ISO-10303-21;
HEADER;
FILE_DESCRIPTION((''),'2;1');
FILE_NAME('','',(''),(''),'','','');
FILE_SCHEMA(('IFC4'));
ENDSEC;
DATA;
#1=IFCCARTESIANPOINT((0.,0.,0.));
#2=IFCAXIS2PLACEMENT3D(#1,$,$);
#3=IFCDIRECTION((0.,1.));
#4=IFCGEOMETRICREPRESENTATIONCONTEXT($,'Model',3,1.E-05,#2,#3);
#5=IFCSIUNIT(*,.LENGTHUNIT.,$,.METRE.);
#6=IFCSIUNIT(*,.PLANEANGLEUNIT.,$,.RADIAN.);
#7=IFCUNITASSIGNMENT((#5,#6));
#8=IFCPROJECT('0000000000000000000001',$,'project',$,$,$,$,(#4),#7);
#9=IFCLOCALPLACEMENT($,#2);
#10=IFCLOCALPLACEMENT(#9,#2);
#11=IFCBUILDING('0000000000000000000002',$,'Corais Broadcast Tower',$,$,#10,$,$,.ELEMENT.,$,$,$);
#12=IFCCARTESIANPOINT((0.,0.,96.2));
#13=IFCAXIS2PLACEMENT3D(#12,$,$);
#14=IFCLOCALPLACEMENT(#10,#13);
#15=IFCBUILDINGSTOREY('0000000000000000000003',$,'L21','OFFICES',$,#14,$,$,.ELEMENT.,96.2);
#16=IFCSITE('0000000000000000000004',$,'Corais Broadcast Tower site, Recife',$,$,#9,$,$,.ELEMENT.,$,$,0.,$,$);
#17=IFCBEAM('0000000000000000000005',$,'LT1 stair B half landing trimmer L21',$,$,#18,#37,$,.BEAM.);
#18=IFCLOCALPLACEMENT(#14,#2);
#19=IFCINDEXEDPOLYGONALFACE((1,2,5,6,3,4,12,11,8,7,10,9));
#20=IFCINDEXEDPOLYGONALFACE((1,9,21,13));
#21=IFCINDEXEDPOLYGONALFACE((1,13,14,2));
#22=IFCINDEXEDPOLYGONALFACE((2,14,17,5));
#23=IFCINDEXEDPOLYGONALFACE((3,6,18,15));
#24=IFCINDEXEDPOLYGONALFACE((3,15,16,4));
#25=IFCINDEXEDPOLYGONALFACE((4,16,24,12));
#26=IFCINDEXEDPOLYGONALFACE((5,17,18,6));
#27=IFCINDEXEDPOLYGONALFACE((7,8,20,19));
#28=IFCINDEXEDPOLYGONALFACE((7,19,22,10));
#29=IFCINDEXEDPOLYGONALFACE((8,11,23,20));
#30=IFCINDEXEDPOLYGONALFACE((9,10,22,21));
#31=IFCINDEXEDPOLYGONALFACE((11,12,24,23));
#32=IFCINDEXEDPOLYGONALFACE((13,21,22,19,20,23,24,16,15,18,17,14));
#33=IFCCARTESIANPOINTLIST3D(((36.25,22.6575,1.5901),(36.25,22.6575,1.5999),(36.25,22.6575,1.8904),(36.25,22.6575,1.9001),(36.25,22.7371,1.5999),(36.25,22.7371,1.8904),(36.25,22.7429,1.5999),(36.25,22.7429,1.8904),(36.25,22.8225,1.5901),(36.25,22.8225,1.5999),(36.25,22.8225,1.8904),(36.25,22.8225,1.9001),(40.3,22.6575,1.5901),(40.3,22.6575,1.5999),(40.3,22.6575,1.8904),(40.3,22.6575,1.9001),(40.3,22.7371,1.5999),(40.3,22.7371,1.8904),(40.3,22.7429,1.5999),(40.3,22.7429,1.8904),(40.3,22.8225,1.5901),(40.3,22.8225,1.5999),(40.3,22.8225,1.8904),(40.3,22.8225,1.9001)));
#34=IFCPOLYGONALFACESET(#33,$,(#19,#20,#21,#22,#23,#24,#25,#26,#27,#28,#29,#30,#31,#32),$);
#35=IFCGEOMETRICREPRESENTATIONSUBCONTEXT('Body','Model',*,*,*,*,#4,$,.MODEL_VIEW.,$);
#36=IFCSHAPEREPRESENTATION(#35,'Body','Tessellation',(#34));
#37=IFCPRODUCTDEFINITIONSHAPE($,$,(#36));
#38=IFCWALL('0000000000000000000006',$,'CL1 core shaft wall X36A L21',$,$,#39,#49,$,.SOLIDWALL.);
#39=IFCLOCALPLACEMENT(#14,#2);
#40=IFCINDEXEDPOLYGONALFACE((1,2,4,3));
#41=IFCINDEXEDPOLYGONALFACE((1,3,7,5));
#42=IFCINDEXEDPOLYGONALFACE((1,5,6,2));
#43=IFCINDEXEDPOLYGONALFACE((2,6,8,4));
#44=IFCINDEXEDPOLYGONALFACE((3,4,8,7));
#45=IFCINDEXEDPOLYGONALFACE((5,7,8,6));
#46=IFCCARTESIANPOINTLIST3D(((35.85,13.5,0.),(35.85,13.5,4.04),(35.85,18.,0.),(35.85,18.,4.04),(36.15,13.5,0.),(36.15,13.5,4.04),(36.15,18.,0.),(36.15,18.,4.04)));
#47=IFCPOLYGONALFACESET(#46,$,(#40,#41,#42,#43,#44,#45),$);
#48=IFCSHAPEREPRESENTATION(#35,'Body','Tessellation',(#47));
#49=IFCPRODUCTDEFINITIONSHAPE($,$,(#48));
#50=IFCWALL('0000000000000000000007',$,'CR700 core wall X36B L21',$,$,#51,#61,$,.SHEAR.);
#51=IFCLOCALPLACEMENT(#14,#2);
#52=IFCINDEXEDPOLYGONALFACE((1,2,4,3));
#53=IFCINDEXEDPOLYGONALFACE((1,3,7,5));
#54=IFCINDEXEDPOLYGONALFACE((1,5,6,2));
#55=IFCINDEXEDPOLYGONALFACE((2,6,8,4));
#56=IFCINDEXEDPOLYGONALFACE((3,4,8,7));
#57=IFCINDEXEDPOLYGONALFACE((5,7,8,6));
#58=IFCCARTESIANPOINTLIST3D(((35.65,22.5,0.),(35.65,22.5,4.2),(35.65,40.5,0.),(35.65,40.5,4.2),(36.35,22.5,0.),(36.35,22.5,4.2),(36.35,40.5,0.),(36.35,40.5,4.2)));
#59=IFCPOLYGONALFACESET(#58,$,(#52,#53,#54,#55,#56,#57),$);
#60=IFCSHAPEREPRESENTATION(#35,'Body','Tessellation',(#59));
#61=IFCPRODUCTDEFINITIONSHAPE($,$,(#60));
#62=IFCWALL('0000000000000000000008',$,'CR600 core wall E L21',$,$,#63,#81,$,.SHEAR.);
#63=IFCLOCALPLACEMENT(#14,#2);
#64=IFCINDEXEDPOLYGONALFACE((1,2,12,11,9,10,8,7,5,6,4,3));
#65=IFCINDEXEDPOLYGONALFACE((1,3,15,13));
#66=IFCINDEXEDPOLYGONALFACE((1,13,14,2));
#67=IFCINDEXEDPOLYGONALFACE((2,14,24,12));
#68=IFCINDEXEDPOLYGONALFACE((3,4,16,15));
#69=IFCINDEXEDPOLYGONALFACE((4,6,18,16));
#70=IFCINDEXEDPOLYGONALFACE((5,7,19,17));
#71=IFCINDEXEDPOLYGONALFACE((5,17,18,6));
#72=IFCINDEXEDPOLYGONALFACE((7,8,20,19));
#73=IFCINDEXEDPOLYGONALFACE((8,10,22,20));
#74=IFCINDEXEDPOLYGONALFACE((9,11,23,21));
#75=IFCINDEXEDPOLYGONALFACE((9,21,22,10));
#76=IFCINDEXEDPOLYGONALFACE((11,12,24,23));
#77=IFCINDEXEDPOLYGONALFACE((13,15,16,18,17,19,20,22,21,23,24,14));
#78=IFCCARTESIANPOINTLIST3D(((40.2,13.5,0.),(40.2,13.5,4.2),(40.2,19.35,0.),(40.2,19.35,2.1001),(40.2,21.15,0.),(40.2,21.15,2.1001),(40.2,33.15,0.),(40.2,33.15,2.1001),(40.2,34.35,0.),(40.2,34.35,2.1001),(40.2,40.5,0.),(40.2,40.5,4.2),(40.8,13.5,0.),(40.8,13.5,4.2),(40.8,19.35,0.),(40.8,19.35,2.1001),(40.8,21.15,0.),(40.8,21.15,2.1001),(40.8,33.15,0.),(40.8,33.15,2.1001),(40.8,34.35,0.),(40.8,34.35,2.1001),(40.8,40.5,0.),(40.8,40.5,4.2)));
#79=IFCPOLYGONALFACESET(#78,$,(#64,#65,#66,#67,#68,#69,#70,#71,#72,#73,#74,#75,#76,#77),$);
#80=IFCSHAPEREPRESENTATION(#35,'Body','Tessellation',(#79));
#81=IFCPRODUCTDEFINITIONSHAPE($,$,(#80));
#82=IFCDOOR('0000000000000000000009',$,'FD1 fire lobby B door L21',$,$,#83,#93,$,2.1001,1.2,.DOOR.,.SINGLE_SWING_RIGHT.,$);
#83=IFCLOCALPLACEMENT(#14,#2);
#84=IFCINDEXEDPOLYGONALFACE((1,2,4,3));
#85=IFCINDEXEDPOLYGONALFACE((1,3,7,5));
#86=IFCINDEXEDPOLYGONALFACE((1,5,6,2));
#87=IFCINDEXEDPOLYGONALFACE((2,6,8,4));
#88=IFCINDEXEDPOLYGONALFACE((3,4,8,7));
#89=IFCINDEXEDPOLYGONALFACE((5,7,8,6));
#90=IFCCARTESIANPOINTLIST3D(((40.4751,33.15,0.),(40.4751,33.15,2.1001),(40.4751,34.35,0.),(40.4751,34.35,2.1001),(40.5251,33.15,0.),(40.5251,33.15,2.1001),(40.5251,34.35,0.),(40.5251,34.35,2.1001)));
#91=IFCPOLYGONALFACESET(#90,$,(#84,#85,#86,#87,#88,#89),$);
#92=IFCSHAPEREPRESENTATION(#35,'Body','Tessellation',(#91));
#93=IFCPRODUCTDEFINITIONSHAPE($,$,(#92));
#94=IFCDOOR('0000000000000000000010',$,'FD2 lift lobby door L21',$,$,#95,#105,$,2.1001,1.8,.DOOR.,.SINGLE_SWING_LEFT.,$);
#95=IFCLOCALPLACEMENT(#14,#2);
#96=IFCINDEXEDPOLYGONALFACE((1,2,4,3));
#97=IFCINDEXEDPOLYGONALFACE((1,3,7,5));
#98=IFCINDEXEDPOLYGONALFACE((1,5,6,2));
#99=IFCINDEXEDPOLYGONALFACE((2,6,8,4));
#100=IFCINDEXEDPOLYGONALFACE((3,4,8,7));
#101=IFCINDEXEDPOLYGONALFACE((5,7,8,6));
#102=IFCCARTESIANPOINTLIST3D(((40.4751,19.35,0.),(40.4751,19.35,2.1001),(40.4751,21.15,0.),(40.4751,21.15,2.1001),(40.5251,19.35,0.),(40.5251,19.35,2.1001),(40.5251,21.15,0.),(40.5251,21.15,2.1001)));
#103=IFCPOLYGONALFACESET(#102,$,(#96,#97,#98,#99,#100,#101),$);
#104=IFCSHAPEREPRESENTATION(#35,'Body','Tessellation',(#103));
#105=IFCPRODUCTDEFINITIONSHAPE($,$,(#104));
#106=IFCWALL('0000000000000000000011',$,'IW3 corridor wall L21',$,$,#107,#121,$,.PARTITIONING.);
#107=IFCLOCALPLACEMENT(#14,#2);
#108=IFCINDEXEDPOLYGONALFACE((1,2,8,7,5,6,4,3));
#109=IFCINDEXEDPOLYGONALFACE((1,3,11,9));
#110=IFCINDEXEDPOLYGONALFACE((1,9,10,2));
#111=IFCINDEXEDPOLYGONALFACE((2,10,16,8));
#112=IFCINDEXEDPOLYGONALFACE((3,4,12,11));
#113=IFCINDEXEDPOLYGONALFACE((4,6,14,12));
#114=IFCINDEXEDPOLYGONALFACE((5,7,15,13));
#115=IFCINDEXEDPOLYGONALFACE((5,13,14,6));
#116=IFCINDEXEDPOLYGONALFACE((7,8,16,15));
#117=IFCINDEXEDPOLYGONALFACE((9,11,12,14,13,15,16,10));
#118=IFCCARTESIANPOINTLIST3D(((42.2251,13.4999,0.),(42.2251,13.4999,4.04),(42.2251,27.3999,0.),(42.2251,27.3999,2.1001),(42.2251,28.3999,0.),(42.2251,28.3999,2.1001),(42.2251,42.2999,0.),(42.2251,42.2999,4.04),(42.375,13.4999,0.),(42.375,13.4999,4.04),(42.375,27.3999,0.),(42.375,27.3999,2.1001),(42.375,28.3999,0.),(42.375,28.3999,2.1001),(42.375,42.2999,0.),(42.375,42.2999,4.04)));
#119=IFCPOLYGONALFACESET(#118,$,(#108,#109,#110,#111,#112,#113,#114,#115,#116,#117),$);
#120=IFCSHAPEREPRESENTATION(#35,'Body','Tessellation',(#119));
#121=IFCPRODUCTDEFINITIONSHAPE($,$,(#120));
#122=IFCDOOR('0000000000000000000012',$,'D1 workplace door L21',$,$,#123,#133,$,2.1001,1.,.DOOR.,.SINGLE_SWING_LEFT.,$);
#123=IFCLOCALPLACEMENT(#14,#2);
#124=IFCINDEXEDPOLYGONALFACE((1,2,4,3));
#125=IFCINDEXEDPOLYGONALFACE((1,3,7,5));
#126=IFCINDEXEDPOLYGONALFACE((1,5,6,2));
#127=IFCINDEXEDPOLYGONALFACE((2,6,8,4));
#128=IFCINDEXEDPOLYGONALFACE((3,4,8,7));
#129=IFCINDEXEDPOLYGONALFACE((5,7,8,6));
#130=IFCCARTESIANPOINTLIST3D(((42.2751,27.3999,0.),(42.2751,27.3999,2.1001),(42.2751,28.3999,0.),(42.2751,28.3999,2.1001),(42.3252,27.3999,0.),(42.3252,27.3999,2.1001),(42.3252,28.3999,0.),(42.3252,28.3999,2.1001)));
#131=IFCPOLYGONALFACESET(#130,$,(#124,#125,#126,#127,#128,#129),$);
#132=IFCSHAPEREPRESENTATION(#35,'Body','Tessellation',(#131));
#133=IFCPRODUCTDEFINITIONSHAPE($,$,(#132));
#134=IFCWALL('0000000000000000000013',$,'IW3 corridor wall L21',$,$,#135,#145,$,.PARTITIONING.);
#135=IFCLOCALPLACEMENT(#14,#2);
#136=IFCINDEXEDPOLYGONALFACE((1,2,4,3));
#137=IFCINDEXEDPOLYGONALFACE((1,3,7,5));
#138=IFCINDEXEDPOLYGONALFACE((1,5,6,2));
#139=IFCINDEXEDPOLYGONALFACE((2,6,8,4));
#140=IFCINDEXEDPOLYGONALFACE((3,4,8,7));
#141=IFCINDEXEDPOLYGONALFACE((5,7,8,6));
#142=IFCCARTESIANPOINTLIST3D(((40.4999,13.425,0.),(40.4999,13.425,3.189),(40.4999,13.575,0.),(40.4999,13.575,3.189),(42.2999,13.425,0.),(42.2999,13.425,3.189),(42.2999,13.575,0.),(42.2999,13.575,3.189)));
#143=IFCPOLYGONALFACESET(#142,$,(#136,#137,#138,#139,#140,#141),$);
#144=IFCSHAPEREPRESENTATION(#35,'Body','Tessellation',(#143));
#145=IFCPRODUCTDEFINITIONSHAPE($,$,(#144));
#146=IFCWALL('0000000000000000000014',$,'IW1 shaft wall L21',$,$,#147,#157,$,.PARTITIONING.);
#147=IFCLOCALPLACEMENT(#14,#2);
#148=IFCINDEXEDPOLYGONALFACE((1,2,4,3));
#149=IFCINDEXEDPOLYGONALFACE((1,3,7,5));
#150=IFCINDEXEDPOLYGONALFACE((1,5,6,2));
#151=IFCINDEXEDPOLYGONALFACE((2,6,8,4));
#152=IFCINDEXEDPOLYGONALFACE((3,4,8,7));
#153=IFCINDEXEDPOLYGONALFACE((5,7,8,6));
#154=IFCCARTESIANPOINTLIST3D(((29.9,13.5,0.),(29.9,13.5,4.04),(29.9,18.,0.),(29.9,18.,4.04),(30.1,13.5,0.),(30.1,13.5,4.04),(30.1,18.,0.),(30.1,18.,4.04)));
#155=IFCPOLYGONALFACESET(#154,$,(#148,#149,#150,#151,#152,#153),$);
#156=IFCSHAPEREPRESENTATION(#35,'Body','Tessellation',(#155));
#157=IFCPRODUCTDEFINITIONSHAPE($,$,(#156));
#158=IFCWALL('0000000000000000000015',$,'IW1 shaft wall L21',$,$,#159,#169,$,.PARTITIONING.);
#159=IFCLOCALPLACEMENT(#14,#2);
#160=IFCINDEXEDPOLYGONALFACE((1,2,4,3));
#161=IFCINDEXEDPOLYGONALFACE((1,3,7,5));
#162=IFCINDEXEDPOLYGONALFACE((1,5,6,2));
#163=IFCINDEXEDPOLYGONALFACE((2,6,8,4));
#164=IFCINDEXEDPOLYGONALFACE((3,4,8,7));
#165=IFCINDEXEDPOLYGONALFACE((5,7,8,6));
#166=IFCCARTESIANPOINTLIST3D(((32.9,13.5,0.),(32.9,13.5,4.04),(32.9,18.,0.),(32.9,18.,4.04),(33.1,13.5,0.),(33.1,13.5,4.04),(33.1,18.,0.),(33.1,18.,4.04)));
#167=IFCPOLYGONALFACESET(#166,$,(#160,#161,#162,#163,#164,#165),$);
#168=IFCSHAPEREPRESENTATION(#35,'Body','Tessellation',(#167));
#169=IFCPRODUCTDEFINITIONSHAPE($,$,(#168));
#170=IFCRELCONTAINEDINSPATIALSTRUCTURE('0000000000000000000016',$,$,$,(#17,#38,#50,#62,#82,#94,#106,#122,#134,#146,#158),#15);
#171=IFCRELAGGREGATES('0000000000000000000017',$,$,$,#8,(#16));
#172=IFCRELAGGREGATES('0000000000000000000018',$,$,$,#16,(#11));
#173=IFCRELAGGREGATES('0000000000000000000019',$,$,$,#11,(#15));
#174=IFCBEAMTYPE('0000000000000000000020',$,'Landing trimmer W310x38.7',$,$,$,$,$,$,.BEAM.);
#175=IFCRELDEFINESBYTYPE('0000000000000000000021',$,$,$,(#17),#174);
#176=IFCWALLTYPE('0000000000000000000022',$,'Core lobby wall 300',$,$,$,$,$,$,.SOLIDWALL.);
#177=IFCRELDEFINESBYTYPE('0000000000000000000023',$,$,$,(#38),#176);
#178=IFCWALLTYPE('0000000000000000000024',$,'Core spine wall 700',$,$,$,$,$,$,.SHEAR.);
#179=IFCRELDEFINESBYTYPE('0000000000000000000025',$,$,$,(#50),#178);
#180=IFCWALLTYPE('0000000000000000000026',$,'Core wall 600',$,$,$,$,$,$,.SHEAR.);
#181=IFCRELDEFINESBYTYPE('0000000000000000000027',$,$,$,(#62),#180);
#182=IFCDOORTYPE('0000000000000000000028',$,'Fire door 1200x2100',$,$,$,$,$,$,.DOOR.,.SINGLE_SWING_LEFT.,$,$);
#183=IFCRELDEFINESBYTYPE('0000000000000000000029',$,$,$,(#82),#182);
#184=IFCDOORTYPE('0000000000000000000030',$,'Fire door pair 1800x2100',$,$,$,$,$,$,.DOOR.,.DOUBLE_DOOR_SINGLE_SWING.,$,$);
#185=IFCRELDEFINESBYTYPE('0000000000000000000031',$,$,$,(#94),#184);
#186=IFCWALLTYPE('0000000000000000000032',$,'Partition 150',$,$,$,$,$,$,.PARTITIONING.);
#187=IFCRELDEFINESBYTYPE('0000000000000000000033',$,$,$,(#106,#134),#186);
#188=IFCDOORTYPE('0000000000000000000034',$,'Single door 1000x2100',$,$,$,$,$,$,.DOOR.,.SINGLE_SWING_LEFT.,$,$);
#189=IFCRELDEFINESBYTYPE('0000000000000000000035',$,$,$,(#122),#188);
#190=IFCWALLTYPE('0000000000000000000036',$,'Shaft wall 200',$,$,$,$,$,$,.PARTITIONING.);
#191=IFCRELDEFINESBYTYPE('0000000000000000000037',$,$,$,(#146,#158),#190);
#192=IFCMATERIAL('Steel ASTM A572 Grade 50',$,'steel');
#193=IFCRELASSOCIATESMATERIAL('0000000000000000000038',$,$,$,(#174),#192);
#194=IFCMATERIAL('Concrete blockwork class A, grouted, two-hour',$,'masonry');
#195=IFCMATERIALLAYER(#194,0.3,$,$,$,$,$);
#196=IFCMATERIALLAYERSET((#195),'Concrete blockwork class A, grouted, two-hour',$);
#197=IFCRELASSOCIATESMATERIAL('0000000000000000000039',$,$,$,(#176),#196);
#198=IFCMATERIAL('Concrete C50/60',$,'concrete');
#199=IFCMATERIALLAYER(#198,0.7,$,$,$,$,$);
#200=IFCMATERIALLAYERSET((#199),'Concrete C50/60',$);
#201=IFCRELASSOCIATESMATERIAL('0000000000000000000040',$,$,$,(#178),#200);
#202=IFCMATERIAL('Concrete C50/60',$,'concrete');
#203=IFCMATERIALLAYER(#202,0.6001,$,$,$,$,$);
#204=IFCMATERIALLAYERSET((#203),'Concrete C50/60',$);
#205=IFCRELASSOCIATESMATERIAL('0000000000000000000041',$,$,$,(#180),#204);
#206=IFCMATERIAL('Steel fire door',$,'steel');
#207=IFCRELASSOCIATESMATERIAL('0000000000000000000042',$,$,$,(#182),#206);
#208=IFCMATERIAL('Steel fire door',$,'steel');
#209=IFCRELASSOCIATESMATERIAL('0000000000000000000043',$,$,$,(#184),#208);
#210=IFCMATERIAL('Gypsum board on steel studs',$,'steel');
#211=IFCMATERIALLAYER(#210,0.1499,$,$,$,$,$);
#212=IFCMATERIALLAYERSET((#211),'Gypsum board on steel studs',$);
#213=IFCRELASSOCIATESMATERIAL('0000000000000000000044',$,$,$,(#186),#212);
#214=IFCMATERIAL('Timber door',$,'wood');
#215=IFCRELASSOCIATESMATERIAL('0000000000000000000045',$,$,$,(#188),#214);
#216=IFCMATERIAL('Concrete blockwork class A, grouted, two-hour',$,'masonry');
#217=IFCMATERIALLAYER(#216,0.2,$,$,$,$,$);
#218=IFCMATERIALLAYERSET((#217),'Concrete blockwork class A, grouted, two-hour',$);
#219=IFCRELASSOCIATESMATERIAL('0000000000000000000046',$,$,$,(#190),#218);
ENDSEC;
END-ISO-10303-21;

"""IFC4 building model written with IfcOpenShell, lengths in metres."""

from ifc_helpers import new_model, si_unit, direction, frame, frame_2d, origin, origin_2d, place, context, subcontext, project, spatial, rectangle, i_section, extrude, material, layer, layer_set, material_profile, profile_set, type_object, element, fill, save


model = new_model("IFC4")

# Units and contexts
model_context = context("Model", 3, precision=1e-05, world=origin(), true_north=direction((0.0, 1.0)))
body_context = subcontext(model_context, "Body", "Model", "MODEL_VIEW")
ifc_project = project(units=[si_unit("LENGTHUNIT", "METRE"), si_unit("PLANEANGLEUNIT", "RADIAN")], contexts=[model_context])

# Site, building, storey
site_placement = place(None, origin())
site = spatial("IfcSite", under=ifc_project, at=site_placement, Name="Corais Broadcast Tower site, Recife", CompositionType="ELEMENT", RefElevation=0.0)
building_placement = place(site_placement, origin())
building = spatial("IfcBuilding", under=site, at=building_placement, Name="Corais Broadcast Tower", CompositionType="ELEMENT")
storey_placement = place(building_placement, frame((0.0, 0.0, 96.2)))
storey = spatial("IfcBuildingStorey", under=building, at=storey_placement, Name="L21", Description="OFFICES", CompositionType="ELEMENT", Elevation=96.2)

# Beam
ifc_material_1 = material(Name="Steel ASTM A572 Grade 50", Category="steel")
ifc_material_profile = material_profile(ifc_material_1, i_section(OverallWidth=0.165, OverallDepth=0.3101, WebThickness=0.0059, FlangeThickness=0.0098, at=origin_2d()), Name="W310x38.7")
ifc_profile_set = profile_set([ifc_material_profile], Name="Steel ASTM A572 Grade 50")
beam_type = type_object("IfcBeamType", Name="Landing trimmer W310x38.7", PredefinedType="BEAM", material=ifc_profile_set)
beam_placement = place(storey_placement, frame((36.25, 22.74, 1.7451), z_axis=(1.0, 0.0, 0.0), x_axis=(0.0, 1.0, 0.0)))
element("IfcBeam", 1, at=beam_placement, inside=storey, type_object=beam_type, Name="LT1 stair B half landing trimmer L21", PredefinedType="BEAM", context=body_context, shape_type="SweptSolid", body=[
    extrude(i_section(OverallWidth=0.165, OverallDepth=0.3101, WebThickness=0.0059, FlangeThickness=0.0098, at=origin_2d()), origin(), (0.0, 0.0, 1.0), 4.05),
])

# Walls
ifc_material_2 = material(Name="Concrete blockwork class A, grouted, two-hour", Category="masonry")
ifc_layer_1 = layer(ifc_material_2, 0.3)
ifc_layer_set_1 = layer_set([ifc_layer_1], Name="Concrete blockwork class A, grouted, two-hour")
wall_type_1 = type_object("IfcWallType", Name="Core lobby wall 300", PredefinedType="SOLIDWALL", material=ifc_layer_set_1)
wall_1_placement = place(storey_placement, frame((36.0, 13.5, 0.0), z_axis=(0.0, 0.0, 1.0), x_axis=(0.0, 1.0, 0.0)))
element("IfcWall", 2, at=wall_1_placement, inside=storey, type_object=wall_type_1, Name="CL1 core shaft wall X36A L21", PredefinedType="SOLIDWALL", context=body_context, shape_type="SweptSolid", body=[
    extrude(rectangle(XDim=4.5, YDim=0.3, at=frame_2d((2.25, 0.0))), origin(), (0.0, 0.0, 1.0), 4.04),
])
ifc_material_3 = material(Name="Concrete C50/60", Category="concrete")
ifc_layer_2 = layer(ifc_material_3, 0.7)
ifc_layer_set_2 = layer_set([ifc_layer_2], Name="Concrete C50/60")
wall_type_2 = type_object("IfcWallType", Name="Core spine wall 700", PredefinedType="SHEAR", material=ifc_layer_set_2)
wall_2_placement = place(storey_placement, frame((36.0, 22.5, 0.0), z_axis=(0.0, 0.0, 1.0), x_axis=(0.0, 1.0, 0.0)))
element("IfcWall", 3, at=wall_2_placement, inside=storey, type_object=wall_type_2, Name="CR700 core wall X36B L21", PredefinedType="SHEAR", context=body_context, shape_type="SweptSolid", body=[
    extrude(rectangle(XDim=18.0, YDim=0.7, at=frame_2d((9.0, 0.0))), origin(), (0.0, 0.0, 1.0), 4.2),
])

# Wall, openings, doors
ifc_material_4 = material(Name="Concrete C50/60", Category="concrete")
ifc_layer_3 = layer(ifc_material_4, 0.6001)
ifc_layer_set_3 = layer_set([ifc_layer_3], Name="Concrete C50/60")
wall_type_3 = type_object("IfcWallType", Name="Core wall 600", PredefinedType="SHEAR", material=ifc_layer_set_3)
wall_3_placement = place(storey_placement, frame((40.5, 13.5, 0.0), z_axis=(0.0, 0.0, 1.0), x_axis=(0.0, 1.0, 0.0)))
wall_3 = element("IfcWall", 4, at=wall_3_placement, inside=storey, type_object=wall_type_3, Name="CR600 core wall E L21", PredefinedType="SHEAR", context=body_context, shape_type="SweptSolid", body=[
    extrude(rectangle(XDim=27.0, YDim=0.6001, at=frame_2d((13.5, 0.0))), origin(), (0.0, 0.0, 1.0), 4.2),
])
opening_1_placement = place(wall_3_placement, frame((5.8501, 0.0, 0.0)))
opening_1 = element("IfcOpeningElement", 5, at=opening_1_placement, cuts=wall_3, PredefinedType="OPENING", context=body_context, shape_type="SweptSolid", body=[
    extrude(rectangle(XDim=1.8, YDim=2.1001, at=frame_2d((0.8999, 1.05))), frame((0.0, 0.3101, 0.0), z_axis=(0.0, -1.0, 0.0), x_axis=(1.0, 0.0, 0.0)), (0.0, 0.0, 1.0), 0.6201),
])
opening_2_placement = place(wall_3_placement, frame((19.6499, 0.0, 0.0)))
opening_2 = element("IfcOpeningElement", 6, at=opening_2_placement, cuts=wall_3, PredefinedType="OPENING", context=body_context, shape_type="SweptSolid", body=[
    extrude(rectangle(XDim=1.2, YDim=2.1001, at=frame_2d((0.6001, 1.05))), frame((0.0, 0.3101, 0.0), z_axis=(0.0, -1.0, 0.0), x_axis=(1.0, 0.0, 0.0)), (0.0, 0.0, 1.0), 0.6201),
])
ifc_material_5 = material(Name="Steel fire door", Category="steel")
door_type_1 = type_object("IfcDoorType", Name="Fire door 1200x2100", OperationType="SINGLE_SWING_LEFT", PredefinedType="DOOR", material=ifc_material_5)
door_1_placement = place(opening_2_placement, origin())
door_1 = element("IfcDoor", 7, at=door_1_placement, inside=storey, type_object=door_type_1, Name="FD1 fire lobby B door L21", OperationType="SINGLE_SWING_RIGHT", OverallHeight=2.1001, OverallWidth=1.2, PredefinedType="DOOR", context=body_context, shape_type="SweptSolid", body=[
    extrude(rectangle(XDim=1.2, YDim=2.1001, at=frame_2d((0.6001, 1.05))), frame((0.0, 0.0249, 0.0), z_axis=(0.0, -1.0, 0.0), x_axis=(1.0, 0.0, 0.0)), (0.0, 0.0, 1.0), 0.05),
])
fill(opening_2, door_1)
ifc_material_6 = material(Name="Steel fire door", Category="steel")
door_type_2 = type_object("IfcDoorType", Name="Fire door pair 1800x2100", OperationType="DOUBLE_DOOR_SINGLE_SWING", PredefinedType="DOOR", material=ifc_material_6)
door_2_placement = place(opening_1_placement, origin())
door_2 = element("IfcDoor", 8, at=door_2_placement, inside=storey, type_object=door_type_2, Name="FD2 lift lobby door L21", OperationType="SINGLE_SWING_LEFT", OverallHeight=2.1001, OverallWidth=1.8, PredefinedType="DOOR", context=body_context, shape_type="SweptSolid", body=[
    extrude(rectangle(XDim=1.8, YDim=2.1001, at=frame_2d((0.8999, 1.05))), frame((0.0, 0.0249, 0.0), z_axis=(0.0, -1.0, 0.0), x_axis=(1.0, 0.0, 0.0)), (0.0, 0.0, 1.0), 0.05),
])
fill(opening_1, door_2)

# Wall, opening, door
ifc_material_7 = material(Name="Gypsum board on steel studs", Category="steel")
ifc_layer_4 = layer(ifc_material_7, 0.1499)
ifc_layer_set_4 = layer_set([ifc_layer_4], Name="Gypsum board on steel studs")
wall_type_4 = type_object("IfcWallType", Name="Partition 150", PredefinedType="PARTITIONING", material=ifc_layer_set_4)
wall_4_placement = place(storey_placement, frame((42.3, 13.5, 0.0), z_axis=(0.0, 0.0, 1.0), x_axis=(0.0, 1.0, 0.0)))
wall_4 = element("IfcWall", 9, at=wall_4_placement, inside=storey, type_object=wall_type_4, Name="IW3 corridor wall L21", PredefinedType="PARTITIONING", context=body_context, shape_type="SweptSolid", body=[
    extrude(rectangle(XDim=28.8, YDim=0.1499, at=frame_2d((14.3999, 0.0))), origin(), (0.0, 0.0, 1.0), 4.04),
])
opening_3_placement = place(wall_4_placement, frame((13.8999, 0.0, 0.0)))
opening_3 = element("IfcOpeningElement", 10, at=opening_3_placement, cuts=wall_4, PredefinedType="OPENING", context=body_context, shape_type="SweptSolid", body=[
    extrude(rectangle(XDim=1.0, YDim=2.1001, at=frame_2d((0.5, 1.05))), frame((0.0, 0.085, 0.0), z_axis=(0.0, -1.0, 0.0), x_axis=(1.0, 0.0, 0.0)), (0.0, 0.0, 1.0), 0.1699),
])
ifc_material_8 = material(Name="Timber door", Category="wood")
door_type_3 = type_object("IfcDoorType", Name="Single door 1000x2100", OperationType="SINGLE_SWING_LEFT", PredefinedType="DOOR", material=ifc_material_8)
door_3_placement = place(opening_3_placement, origin())
door_3 = element("IfcDoor", 11, at=door_3_placement, inside=storey, type_object=door_type_3, Name="D1 workplace door L21", OperationType="SINGLE_SWING_LEFT", OverallHeight=2.1001, OverallWidth=1.0, PredefinedType="DOOR", context=body_context, shape_type="SweptSolid", body=[
    extrude(rectangle(XDim=1.0, YDim=2.1001, at=frame_2d((0.5, 1.05))), frame((0.0, 0.0249, 0.0), z_axis=(0.0, -1.0, 0.0), x_axis=(1.0, 0.0, 0.0)), (0.0, 0.0, 1.0), 0.05),
])
fill(opening_3, door_3)

# Walls
wall_5_placement = place(storey_placement, frame((40.5, 13.5, 0.0), z_axis=(0.0, 0.0, 1.0), x_axis=(1.0, 0.0, 0.0)))
element("IfcWall", 12, at=wall_5_placement, inside=storey, type_object=wall_type_4, Name="IW3 corridor wall L21", PredefinedType="PARTITIONING", context=body_context, shape_type="SweptSolid", body=[
    extrude(rectangle(XDim=1.8, YDim=0.1499, at=frame_2d((0.8999, 0.0))), origin(), (0.0, 0.0, 1.0), 3.189),
])
ifc_material_9 = material(Name="Concrete blockwork class A, grouted, two-hour", Category="masonry")
ifc_layer_5 = layer(ifc_material_9, 0.2)
ifc_layer_set_5 = layer_set([ifc_layer_5], Name="Concrete blockwork class A, grouted, two-hour")
wall_type_5 = type_object("IfcWallType", Name="Shaft wall 200", PredefinedType="PARTITIONING", material=ifc_layer_set_5)
for number, where, z_axis, x_axis, name in (
    (13, (30.0, 13.5, 0.0), (0.0, 0.0, 1.0), (0.0, 1.0, 0.0), "IW1 shaft wall L21"),
    (14, (33.0, 13.5, 0.0), (0.0, 0.0, 1.0), (0.0, 1.0, 0.0), "IW1 shaft wall L21"),
):
    element("IfcWall", number, at=place(storey_placement, frame(where, z_axis=z_axis, x_axis=x_axis)), inside=storey, type_object=wall_type_5, Name=name, PredefinedType="PARTITIONING", context=body_context, shape_type="SweptSolid", body=[
        extrude(rectangle(XDim=4.5, YDim=0.2, at=frame_2d((2.25, 0.0))), origin(), (0.0, 0.0, 1.0), 4.04),
    ])

save(model, "model.ifc")
